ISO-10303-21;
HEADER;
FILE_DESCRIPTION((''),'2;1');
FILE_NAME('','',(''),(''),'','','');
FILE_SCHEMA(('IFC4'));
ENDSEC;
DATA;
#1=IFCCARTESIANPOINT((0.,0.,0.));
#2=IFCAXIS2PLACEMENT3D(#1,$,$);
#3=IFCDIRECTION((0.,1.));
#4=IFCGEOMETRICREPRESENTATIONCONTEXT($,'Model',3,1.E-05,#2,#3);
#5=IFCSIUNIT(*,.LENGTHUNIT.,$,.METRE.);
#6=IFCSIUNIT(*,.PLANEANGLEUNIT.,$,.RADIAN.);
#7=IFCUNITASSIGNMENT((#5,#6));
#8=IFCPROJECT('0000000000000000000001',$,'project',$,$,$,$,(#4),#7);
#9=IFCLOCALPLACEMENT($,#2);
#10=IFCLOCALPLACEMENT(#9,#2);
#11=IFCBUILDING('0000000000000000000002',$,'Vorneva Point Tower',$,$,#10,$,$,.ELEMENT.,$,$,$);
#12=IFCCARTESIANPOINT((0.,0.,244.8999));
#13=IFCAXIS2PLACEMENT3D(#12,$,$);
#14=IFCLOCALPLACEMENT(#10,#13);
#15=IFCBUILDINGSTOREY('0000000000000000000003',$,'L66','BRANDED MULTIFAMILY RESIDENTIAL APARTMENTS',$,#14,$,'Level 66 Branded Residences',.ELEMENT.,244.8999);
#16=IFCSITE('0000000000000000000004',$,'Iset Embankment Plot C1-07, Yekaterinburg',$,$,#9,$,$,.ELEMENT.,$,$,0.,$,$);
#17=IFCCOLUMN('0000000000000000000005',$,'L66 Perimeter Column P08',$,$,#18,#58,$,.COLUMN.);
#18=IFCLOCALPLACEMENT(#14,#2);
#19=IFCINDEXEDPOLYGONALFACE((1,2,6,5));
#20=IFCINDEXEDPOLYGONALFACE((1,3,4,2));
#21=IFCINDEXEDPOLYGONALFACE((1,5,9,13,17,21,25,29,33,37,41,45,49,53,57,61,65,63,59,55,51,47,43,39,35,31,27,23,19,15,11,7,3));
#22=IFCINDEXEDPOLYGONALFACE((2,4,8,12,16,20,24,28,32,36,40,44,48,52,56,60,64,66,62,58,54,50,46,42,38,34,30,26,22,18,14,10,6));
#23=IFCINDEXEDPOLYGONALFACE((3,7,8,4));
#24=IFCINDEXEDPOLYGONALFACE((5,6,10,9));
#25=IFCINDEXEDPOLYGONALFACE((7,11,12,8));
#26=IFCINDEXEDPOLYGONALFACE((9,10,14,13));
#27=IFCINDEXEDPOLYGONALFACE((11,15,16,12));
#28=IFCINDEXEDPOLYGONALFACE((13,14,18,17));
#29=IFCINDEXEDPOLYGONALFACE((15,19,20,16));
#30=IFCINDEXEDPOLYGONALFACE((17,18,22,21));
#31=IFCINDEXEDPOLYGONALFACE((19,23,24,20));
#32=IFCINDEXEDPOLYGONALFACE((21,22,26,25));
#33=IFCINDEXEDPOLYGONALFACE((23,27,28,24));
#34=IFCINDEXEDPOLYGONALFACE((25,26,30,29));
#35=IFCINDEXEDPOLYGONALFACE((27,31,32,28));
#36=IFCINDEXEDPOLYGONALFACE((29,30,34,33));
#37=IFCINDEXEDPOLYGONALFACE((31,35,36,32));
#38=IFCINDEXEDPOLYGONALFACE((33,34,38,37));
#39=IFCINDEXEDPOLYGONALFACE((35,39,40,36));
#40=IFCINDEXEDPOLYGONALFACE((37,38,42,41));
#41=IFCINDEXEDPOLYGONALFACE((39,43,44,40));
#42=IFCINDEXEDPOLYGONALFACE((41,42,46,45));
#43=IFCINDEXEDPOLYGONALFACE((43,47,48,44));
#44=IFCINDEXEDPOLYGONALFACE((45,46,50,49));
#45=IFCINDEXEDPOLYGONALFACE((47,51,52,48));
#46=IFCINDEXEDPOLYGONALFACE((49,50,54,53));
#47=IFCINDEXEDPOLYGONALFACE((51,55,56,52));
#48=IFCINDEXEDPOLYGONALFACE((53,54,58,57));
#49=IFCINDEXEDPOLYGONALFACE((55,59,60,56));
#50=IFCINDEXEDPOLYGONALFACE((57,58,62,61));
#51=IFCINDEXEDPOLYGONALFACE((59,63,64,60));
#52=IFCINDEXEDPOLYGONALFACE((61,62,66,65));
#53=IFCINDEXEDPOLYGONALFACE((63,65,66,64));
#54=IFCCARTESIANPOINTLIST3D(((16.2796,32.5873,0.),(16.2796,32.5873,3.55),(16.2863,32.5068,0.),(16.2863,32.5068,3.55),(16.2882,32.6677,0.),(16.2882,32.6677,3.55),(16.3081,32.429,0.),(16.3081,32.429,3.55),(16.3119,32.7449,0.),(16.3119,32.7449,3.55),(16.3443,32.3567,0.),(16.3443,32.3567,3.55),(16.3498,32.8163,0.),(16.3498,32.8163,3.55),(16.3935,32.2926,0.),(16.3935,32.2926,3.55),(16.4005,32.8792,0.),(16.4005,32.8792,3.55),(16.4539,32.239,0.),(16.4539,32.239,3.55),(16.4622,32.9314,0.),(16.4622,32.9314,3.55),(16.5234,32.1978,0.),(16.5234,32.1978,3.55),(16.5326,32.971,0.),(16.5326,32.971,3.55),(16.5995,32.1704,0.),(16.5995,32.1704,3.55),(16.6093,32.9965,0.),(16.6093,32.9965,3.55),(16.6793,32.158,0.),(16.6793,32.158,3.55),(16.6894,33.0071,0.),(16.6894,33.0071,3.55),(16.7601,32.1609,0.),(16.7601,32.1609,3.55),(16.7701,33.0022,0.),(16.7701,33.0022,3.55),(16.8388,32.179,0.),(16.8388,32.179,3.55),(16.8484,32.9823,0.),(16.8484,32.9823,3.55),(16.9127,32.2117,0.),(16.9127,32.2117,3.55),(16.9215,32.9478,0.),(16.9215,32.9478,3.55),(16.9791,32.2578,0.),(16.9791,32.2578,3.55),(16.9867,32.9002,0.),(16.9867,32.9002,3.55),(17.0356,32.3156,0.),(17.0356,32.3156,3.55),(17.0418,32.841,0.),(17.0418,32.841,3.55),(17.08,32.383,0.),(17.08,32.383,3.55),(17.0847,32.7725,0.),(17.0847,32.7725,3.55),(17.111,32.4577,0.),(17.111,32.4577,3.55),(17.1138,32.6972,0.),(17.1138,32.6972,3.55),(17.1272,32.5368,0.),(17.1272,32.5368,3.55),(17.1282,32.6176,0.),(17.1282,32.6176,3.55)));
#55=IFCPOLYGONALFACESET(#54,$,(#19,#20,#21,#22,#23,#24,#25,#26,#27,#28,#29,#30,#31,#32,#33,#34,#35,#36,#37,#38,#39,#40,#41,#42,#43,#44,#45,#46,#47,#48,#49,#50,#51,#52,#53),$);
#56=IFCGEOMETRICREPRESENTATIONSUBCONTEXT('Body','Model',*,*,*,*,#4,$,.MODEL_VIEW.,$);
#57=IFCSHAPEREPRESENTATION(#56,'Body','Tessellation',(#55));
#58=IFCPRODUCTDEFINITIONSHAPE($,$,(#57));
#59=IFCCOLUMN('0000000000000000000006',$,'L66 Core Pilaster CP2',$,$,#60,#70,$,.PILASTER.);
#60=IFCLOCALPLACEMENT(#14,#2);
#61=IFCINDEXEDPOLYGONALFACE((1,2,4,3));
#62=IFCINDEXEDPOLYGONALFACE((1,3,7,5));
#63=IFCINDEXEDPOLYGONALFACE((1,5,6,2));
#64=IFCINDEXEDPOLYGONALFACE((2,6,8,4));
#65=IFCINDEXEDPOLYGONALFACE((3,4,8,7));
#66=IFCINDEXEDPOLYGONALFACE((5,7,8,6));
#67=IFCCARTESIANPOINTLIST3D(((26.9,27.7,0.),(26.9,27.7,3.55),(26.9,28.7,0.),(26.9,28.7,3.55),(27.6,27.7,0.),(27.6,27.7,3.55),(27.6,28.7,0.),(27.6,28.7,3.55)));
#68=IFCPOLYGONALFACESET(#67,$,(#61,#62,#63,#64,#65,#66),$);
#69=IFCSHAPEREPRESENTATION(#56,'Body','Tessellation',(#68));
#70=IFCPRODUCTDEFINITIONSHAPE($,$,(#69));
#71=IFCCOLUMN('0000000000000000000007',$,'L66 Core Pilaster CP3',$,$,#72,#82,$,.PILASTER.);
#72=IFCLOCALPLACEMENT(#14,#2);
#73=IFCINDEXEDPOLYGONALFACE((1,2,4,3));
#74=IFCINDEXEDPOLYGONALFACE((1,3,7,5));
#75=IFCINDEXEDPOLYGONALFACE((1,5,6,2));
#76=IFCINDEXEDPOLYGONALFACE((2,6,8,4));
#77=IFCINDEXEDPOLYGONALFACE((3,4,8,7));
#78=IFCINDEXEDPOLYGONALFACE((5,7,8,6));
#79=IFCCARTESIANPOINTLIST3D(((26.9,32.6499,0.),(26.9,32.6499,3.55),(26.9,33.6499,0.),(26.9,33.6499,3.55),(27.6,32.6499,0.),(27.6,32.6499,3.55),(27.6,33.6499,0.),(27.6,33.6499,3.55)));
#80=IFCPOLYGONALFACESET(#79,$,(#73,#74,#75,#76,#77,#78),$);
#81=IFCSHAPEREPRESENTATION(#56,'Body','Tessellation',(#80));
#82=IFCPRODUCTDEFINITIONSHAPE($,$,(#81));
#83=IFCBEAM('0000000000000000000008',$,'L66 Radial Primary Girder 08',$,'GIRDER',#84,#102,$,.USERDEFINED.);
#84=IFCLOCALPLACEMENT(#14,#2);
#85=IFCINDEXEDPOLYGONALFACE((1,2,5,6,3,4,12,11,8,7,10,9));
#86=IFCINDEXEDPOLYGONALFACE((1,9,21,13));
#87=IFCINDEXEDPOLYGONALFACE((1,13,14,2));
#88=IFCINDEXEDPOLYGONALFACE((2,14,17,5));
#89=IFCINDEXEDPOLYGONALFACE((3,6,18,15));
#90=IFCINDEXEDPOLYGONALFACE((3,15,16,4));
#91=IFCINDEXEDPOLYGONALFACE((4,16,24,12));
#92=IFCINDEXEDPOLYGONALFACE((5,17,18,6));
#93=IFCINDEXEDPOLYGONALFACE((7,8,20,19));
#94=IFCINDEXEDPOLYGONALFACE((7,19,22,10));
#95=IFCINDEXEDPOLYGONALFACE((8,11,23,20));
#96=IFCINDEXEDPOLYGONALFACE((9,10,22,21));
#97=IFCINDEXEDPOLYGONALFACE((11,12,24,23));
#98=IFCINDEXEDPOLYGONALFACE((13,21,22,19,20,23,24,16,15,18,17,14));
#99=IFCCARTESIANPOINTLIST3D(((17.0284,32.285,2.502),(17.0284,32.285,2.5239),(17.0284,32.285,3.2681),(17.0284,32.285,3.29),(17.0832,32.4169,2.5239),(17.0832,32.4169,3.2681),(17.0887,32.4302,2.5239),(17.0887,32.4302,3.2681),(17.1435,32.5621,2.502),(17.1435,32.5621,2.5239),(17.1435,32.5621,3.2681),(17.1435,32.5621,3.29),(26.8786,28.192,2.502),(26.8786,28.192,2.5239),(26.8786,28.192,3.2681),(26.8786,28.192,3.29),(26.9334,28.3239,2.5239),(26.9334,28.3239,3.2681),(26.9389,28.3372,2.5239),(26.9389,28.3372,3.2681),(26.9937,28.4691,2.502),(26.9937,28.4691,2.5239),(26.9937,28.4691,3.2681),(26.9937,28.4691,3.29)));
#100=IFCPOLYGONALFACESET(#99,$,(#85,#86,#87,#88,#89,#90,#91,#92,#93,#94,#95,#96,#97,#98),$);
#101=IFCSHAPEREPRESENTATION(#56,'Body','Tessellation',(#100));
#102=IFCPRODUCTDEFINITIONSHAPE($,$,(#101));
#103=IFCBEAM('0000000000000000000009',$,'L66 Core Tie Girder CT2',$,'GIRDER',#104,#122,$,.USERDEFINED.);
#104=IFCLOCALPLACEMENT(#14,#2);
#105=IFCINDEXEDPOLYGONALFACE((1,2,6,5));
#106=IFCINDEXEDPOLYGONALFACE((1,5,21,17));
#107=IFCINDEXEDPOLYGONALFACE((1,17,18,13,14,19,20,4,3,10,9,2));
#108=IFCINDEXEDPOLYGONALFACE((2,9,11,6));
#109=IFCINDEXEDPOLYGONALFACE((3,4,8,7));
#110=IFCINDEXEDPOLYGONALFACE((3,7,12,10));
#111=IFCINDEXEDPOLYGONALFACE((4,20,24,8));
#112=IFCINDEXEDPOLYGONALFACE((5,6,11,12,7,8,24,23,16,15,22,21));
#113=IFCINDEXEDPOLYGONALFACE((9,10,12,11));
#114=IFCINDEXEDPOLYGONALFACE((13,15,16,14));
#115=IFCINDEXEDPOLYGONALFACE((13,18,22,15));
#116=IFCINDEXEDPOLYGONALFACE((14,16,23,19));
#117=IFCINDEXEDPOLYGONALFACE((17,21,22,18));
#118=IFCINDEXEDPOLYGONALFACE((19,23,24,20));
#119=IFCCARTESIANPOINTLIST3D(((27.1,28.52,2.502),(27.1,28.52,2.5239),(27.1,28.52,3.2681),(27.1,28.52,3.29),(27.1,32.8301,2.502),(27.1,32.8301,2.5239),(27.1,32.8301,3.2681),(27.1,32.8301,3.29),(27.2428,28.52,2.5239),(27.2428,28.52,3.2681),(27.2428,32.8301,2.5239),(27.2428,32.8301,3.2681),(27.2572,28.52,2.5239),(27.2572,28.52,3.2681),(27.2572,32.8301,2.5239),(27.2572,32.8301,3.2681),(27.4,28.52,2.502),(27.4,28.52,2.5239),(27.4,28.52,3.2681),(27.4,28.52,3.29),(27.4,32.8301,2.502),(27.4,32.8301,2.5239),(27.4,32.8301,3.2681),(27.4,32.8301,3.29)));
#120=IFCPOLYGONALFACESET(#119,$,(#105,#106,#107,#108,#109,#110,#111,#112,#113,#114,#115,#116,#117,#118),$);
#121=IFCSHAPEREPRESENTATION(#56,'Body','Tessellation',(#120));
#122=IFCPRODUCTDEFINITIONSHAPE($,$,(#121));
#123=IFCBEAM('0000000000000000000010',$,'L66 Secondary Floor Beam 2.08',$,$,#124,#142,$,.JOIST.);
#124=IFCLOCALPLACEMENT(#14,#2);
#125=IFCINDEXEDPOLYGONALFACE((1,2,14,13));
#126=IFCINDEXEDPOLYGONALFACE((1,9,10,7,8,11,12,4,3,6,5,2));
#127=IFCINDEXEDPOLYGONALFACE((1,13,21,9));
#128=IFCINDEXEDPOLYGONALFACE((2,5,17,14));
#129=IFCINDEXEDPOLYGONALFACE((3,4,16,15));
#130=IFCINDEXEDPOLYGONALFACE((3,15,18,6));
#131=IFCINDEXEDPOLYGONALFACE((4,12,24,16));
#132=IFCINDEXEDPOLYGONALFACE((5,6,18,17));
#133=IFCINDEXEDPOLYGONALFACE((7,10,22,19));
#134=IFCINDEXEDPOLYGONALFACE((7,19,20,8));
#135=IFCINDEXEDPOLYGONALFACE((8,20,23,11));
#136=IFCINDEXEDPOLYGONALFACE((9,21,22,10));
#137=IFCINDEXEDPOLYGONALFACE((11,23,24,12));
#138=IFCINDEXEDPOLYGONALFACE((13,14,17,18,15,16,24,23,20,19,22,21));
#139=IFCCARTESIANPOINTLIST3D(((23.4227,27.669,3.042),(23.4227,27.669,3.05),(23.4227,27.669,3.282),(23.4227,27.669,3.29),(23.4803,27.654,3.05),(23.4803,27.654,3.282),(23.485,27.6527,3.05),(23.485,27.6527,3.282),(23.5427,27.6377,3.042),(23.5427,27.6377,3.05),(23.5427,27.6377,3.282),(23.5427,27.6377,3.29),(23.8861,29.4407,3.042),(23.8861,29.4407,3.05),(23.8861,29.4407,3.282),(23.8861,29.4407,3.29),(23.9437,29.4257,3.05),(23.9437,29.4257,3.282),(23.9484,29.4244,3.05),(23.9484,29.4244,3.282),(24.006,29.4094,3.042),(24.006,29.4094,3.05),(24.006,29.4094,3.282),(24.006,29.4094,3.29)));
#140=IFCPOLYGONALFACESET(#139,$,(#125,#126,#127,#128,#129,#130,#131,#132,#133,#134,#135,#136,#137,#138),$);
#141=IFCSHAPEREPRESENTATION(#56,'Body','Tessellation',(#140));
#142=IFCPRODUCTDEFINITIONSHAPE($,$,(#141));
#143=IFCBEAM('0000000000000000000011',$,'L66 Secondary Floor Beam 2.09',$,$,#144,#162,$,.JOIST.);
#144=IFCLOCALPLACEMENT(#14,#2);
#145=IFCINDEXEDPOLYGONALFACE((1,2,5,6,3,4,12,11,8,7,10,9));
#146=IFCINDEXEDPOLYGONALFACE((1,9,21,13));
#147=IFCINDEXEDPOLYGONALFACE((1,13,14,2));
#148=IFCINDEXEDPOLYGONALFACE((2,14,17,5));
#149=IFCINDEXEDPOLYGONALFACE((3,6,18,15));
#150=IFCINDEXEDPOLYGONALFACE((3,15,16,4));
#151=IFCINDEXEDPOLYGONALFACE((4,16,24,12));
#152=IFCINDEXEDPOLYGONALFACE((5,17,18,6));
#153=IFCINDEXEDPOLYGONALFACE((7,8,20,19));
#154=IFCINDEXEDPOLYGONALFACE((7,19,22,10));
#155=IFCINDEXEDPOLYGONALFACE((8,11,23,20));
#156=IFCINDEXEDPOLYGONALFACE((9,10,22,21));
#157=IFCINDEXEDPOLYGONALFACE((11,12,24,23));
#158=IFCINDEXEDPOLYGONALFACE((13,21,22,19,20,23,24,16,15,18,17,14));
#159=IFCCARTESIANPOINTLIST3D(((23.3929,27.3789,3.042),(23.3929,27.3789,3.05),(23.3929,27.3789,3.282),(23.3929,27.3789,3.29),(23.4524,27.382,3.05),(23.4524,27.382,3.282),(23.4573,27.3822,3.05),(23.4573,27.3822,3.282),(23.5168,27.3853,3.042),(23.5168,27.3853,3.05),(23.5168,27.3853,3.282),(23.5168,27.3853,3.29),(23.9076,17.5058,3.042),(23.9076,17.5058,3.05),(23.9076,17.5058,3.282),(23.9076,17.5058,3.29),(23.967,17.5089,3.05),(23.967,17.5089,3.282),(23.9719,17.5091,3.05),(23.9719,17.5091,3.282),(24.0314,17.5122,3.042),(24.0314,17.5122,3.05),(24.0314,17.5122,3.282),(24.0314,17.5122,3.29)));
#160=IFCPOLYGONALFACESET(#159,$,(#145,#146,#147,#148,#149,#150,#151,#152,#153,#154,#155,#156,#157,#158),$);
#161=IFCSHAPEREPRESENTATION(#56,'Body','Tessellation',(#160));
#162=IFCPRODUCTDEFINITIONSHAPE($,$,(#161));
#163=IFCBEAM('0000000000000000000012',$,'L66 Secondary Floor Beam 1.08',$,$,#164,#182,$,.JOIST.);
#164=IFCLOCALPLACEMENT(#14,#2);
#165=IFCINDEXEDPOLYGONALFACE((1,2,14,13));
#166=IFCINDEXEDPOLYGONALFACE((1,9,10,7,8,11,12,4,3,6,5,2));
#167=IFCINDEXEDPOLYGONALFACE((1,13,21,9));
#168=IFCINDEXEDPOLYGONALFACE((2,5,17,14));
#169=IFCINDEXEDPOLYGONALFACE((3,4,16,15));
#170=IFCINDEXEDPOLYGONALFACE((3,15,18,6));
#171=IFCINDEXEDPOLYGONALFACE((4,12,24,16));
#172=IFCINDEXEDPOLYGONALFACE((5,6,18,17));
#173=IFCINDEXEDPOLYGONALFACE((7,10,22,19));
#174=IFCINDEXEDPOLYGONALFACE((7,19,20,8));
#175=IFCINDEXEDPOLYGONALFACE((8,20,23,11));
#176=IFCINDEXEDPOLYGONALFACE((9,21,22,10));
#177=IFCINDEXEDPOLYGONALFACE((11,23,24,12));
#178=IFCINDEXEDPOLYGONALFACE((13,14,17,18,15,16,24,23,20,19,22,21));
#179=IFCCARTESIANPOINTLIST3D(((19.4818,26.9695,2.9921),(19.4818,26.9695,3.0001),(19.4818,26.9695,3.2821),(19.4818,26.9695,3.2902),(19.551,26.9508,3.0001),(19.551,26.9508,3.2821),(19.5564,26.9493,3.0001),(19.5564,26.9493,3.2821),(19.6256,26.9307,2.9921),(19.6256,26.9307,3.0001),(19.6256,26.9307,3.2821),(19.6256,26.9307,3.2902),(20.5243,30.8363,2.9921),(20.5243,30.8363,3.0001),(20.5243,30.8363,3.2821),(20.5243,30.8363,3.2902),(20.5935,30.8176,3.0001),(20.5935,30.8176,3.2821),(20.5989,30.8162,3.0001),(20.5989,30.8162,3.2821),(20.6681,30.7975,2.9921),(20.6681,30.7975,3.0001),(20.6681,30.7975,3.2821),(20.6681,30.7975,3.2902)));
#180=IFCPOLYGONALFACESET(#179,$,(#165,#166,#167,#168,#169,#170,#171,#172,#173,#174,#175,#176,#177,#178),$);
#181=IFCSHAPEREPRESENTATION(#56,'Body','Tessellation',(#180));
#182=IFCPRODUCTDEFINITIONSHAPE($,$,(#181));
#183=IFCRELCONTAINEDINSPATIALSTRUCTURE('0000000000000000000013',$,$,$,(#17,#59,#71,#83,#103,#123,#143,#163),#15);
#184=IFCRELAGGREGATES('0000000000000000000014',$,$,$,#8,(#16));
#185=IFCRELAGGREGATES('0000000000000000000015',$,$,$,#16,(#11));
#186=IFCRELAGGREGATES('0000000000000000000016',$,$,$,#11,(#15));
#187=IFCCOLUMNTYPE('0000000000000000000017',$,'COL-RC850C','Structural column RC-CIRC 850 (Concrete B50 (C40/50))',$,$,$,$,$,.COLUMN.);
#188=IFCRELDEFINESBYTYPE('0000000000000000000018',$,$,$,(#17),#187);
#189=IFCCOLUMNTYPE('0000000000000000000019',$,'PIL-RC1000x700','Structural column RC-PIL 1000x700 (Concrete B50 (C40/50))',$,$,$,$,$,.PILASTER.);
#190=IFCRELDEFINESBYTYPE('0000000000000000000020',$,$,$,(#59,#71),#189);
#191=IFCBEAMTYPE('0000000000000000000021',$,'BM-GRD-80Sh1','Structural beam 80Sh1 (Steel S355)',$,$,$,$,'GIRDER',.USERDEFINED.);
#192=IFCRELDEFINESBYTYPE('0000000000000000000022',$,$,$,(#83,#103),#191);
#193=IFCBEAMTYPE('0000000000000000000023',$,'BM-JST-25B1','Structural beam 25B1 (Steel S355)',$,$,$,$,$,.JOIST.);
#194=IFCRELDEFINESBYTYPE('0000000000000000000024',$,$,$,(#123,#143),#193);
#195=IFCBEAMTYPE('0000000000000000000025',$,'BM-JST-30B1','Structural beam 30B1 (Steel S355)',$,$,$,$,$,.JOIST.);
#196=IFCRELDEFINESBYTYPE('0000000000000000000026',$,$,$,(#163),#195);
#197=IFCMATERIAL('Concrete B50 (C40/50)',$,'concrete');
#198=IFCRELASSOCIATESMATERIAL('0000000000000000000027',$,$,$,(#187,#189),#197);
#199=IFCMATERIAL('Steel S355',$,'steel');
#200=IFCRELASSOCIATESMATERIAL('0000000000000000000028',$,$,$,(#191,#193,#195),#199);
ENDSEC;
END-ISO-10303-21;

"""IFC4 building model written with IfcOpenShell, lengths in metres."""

from ifc_helpers import new_model, si_unit, direction, frame, origin, origin_2d, place, context, subcontext, project, spatial, rectangle, circle, i_section, extrude, material, material_profile, profile_set, type_object, element, save


model = new_model("IFC4")

# Units and contexts
model_context = context("Model", 3, precision=1e-05, world=origin(), true_north=direction((0.0, 1.0)))
body_context = subcontext(model_context, "Body", "Model", "MODEL_VIEW")
ifc_project = project(units=[si_unit("LENGTHUNIT", "METRE"), si_unit("PLANEANGLEUNIT", "RADIAN")], contexts=[model_context])

# Site, building, storey
site_placement = place(None, origin())
site = spatial("IfcSite", under=ifc_project, at=site_placement, Name="Iset Embankment Plot C1-07, Yekaterinburg", CompositionType="ELEMENT", RefElevation=0.0)
building_placement = place(site_placement, origin())
building = spatial("IfcBuilding", under=site, at=building_placement, Name="Vorneva Point Tower", CompositionType="ELEMENT")
storey_placement = place(building_placement, frame((0.0, 0.0, 244.8999)))
storey = spatial("IfcBuildingStorey", under=building, at=storey_placement, Name="L66", Description="BRANDED MULTIFAMILY RESIDENTIAL APARTMENTS", LongName="Level 66 Branded Residences", CompositionType="ELEMENT", Elevation=244.8999)

# Columns
ifc_material_1 = material(Name="Concrete B50 (C40/50)", Category="concrete")
ifc_material_profile_1 = material_profile(ifc_material_1, circle(Radius=0.425, at=origin_2d()), Name="RC-CIRC 850")
ifc_profile_set_1 = profile_set([ifc_material_profile_1], Name="Concrete B50 (C40/50)")
column_type_1 = type_object("IfcColumnType", Name="COL-RC850C", Description="Structural column RC-CIRC 850 (Concrete B50 (C40/50))", PredefinedType="COLUMN", material=ifc_profile_set_1)
column_placement = place(storey_placement, frame((16.7046, 32.5823, 0.0), z_axis=(0.0, 0.0, 1.0), x_axis=(-0.92388, 0.382683, 0.0)))
element("IfcColumn", 1, at=column_placement, inside=storey, type_object=column_type_1, Name="L66 Perimeter Column P08", PredefinedType="COLUMN", context=body_context, shape_type="SweptSolid", body=[
    extrude(circle(Radius=0.425, at=origin_2d()), origin(), (0.0, 0.0, 1.0), 3.55),
])
ifc_material_profile_2 = material_profile(ifc_material_1, rectangle(XDim=0.7, YDim=1.0, at=origin_2d()), Name="RC-PIL 1000x700")
ifc_profile_set_2 = profile_set([ifc_material_profile_2], Name="Concrete B50 (C40/50)")
column_type_2 = type_object("IfcColumnType", Name="PIL-RC1000x700", Description="Structural column RC-PIL 1000x700 (Concrete B50 (C40/50))", PredefinedType="PILASTER", material=ifc_profile_set_2)
for number, where, z_axis, x_axis, name in (
    (2, (27.25, 28.2, 0.0), (0.0, 0.0, 1.0), (1.0, 0.0, 0.0), "L66 Core Pilaster CP2"),
    (3, (27.25, 33.1499, 0.0), (0.0, 0.0, 1.0), (1.0, 0.0, 0.0), "L66 Core Pilaster CP3"),
):
    element("IfcColumn", number, at=place(storey_placement, frame(where, z_axis=z_axis, x_axis=x_axis)), inside=storey, type_object=column_type_2, Name=name, PredefinedType="PILASTER", context=body_context, shape_type="SweptSolid", body=[
        extrude(rectangle(XDim=0.7, YDim=1.0, at=origin_2d()), origin(), (0.0, 0.0, 1.0), 3.55),
    ])

# Beams
ifc_material_2 = material(Name="Steel S355", Category="steel")
ifc_material_profile_3 = material_profile(ifc_material_2, i_section(OverallWidth=0.3, OverallDepth=0.7881, WebThickness=0.0144, FlangeThickness=0.022, at=origin_2d()), Name="80Sh1")
ifc_profile_set_3 = profile_set([ifc_material_profile_3], Name="Steel S355")
beam_type_1 = type_object("IfcBeamType", Name="BM-GRD-80Sh1", Description="Structural beam 80Sh1 (Steel S355)", ElementType="GIRDER", PredefinedType="USERDEFINED", material=ifc_profile_set_3)
beam_1_placement = place(storey_placement, frame((17.0859, 32.4236, 2.896), z_axis=(0.923449, -0.383721, 0.0), x_axis=(0.383721, 0.923449, 0.0)))
element("IfcBeam", 4, at=beam_1_placement, inside=storey, type_object=beam_type_1, Name="L66 Radial Primary Girder 08", ObjectType="GIRDER", PredefinedType="USERDEFINED", context=body_context, shape_type="SweptSolid", body=[
    extrude(i_section(OverallWidth=0.3, OverallDepth=0.7881, WebThickness=0.0144, FlangeThickness=0.022, at=origin_2d()), origin(), (0.0, 0.0, 1.0), 10.6667),
])
beam_2_placement = place(storey_placement, frame((27.25, 28.52, 2.896), z_axis=(0.0, 1.0, 0.0), x_axis=(-1.0, 0.0, 0.0)))
element("IfcBeam", 5, at=beam_2_placement, inside=storey, type_object=beam_type_1, Name="L66 Core Tie Girder CT2", ObjectType="GIRDER", PredefinedType="USERDEFINED", context=body_context, shape_type="SweptSolid", body=[
    extrude(i_section(OverallWidth=0.3, OverallDepth=0.7881, WebThickness=0.0144, FlangeThickness=0.022, at=origin_2d()), origin(), (0.0, 0.0, 1.0), 4.3101),
])
ifc_material_profile_4 = material_profile(ifc_material_2, i_section(OverallWidth=0.124, OverallDepth=0.248, WebThickness=0.0049, FlangeThickness=0.0081, at=origin_2d()), Name="25B1")
ifc_profile_set_4 = profile_set([ifc_material_profile_4], Name="Steel S355")
beam_type_2 = type_object("IfcBeamType", Name="BM-JST-25B1", Description="Structural beam 25B1 (Steel S355)", PredefinedType="JOIST", material=ifc_profile_set_4)
beam_3_placement = place(storey_placement, frame((23.946, 29.425, 3.166), z_axis=(-0.25303, -0.967459, 0.0), x_axis=(0.967459, -0.25303, 0.0)))
element("IfcBeam", 6, at=beam_3_placement, inside=storey, type_object=beam_type_2, Name="L66 Secondary Floor Beam 2.08", PredefinedType="JOIST", context=body_context, shape_type="SweptSolid", body=[
    extrude(i_section(OverallWidth=0.124, OverallDepth=0.248, WebThickness=0.0049, FlangeThickness=0.0081, at=origin_2d()), origin(), (0.0, 0.0, 1.0), 1.8313),
])
beam_4_placement = place(storey_placement, frame((23.4548, 27.3821, 3.166), z_axis=(0.052056, -0.998644, 0.0), x_axis=(0.998644, 0.052056, 0.0)))
element("IfcBeam", 7, at=beam_4_placement, inside=storey, type_object=beam_type_2, Name="L66 Secondary Floor Beam 2.09", PredefinedType="JOIST", context=body_context, shape_type="SweptSolid", body=[
    extrude(i_section(OverallWidth=0.124, OverallDepth=0.248, WebThickness=0.0049, FlangeThickness=0.0081, at=origin_2d()), origin(), (0.0, 0.0, 1.0), 9.8865),
])
ifc_material_profile_5 = material_profile(ifc_material_2, i_section(OverallWidth=0.1489, OverallDepth=0.2981, WebThickness=0.0056, FlangeThickness=0.0081, at=origin_2d()), Name="30B1")
ifc_profile_set_5 = profile_set([ifc_material_profile_5], Name="Steel S355")
beam_type_3 = type_object("IfcBeamType", Name="BM-JST-30B1", Description="Structural beam 30B1 (Steel S355)", PredefinedType="JOIST", material=ifc_profile_set_5)
beam_5_placement = place(storey_placement, frame((20.5962, 30.8169, 3.1411), z_axis=(-0.26031, -0.965525, 0.0), x_axis=(0.965525, -0.26031, 0.0)))
element("IfcBeam", 8, at=beam_5_placement, inside=storey, type_object=beam_type_3, Name="L66 Secondary Floor Beam 1.08", PredefinedType="JOIST", context=body_context, shape_type="SweptSolid", body=[
    extrude(i_section(OverallWidth=0.1489, OverallDepth=0.2981, WebThickness=0.0056, FlangeThickness=0.0081, at=origin_2d()), origin(), (0.0, 0.0, 1.0), 4.0049),
])

save(model, "model.ifc")
